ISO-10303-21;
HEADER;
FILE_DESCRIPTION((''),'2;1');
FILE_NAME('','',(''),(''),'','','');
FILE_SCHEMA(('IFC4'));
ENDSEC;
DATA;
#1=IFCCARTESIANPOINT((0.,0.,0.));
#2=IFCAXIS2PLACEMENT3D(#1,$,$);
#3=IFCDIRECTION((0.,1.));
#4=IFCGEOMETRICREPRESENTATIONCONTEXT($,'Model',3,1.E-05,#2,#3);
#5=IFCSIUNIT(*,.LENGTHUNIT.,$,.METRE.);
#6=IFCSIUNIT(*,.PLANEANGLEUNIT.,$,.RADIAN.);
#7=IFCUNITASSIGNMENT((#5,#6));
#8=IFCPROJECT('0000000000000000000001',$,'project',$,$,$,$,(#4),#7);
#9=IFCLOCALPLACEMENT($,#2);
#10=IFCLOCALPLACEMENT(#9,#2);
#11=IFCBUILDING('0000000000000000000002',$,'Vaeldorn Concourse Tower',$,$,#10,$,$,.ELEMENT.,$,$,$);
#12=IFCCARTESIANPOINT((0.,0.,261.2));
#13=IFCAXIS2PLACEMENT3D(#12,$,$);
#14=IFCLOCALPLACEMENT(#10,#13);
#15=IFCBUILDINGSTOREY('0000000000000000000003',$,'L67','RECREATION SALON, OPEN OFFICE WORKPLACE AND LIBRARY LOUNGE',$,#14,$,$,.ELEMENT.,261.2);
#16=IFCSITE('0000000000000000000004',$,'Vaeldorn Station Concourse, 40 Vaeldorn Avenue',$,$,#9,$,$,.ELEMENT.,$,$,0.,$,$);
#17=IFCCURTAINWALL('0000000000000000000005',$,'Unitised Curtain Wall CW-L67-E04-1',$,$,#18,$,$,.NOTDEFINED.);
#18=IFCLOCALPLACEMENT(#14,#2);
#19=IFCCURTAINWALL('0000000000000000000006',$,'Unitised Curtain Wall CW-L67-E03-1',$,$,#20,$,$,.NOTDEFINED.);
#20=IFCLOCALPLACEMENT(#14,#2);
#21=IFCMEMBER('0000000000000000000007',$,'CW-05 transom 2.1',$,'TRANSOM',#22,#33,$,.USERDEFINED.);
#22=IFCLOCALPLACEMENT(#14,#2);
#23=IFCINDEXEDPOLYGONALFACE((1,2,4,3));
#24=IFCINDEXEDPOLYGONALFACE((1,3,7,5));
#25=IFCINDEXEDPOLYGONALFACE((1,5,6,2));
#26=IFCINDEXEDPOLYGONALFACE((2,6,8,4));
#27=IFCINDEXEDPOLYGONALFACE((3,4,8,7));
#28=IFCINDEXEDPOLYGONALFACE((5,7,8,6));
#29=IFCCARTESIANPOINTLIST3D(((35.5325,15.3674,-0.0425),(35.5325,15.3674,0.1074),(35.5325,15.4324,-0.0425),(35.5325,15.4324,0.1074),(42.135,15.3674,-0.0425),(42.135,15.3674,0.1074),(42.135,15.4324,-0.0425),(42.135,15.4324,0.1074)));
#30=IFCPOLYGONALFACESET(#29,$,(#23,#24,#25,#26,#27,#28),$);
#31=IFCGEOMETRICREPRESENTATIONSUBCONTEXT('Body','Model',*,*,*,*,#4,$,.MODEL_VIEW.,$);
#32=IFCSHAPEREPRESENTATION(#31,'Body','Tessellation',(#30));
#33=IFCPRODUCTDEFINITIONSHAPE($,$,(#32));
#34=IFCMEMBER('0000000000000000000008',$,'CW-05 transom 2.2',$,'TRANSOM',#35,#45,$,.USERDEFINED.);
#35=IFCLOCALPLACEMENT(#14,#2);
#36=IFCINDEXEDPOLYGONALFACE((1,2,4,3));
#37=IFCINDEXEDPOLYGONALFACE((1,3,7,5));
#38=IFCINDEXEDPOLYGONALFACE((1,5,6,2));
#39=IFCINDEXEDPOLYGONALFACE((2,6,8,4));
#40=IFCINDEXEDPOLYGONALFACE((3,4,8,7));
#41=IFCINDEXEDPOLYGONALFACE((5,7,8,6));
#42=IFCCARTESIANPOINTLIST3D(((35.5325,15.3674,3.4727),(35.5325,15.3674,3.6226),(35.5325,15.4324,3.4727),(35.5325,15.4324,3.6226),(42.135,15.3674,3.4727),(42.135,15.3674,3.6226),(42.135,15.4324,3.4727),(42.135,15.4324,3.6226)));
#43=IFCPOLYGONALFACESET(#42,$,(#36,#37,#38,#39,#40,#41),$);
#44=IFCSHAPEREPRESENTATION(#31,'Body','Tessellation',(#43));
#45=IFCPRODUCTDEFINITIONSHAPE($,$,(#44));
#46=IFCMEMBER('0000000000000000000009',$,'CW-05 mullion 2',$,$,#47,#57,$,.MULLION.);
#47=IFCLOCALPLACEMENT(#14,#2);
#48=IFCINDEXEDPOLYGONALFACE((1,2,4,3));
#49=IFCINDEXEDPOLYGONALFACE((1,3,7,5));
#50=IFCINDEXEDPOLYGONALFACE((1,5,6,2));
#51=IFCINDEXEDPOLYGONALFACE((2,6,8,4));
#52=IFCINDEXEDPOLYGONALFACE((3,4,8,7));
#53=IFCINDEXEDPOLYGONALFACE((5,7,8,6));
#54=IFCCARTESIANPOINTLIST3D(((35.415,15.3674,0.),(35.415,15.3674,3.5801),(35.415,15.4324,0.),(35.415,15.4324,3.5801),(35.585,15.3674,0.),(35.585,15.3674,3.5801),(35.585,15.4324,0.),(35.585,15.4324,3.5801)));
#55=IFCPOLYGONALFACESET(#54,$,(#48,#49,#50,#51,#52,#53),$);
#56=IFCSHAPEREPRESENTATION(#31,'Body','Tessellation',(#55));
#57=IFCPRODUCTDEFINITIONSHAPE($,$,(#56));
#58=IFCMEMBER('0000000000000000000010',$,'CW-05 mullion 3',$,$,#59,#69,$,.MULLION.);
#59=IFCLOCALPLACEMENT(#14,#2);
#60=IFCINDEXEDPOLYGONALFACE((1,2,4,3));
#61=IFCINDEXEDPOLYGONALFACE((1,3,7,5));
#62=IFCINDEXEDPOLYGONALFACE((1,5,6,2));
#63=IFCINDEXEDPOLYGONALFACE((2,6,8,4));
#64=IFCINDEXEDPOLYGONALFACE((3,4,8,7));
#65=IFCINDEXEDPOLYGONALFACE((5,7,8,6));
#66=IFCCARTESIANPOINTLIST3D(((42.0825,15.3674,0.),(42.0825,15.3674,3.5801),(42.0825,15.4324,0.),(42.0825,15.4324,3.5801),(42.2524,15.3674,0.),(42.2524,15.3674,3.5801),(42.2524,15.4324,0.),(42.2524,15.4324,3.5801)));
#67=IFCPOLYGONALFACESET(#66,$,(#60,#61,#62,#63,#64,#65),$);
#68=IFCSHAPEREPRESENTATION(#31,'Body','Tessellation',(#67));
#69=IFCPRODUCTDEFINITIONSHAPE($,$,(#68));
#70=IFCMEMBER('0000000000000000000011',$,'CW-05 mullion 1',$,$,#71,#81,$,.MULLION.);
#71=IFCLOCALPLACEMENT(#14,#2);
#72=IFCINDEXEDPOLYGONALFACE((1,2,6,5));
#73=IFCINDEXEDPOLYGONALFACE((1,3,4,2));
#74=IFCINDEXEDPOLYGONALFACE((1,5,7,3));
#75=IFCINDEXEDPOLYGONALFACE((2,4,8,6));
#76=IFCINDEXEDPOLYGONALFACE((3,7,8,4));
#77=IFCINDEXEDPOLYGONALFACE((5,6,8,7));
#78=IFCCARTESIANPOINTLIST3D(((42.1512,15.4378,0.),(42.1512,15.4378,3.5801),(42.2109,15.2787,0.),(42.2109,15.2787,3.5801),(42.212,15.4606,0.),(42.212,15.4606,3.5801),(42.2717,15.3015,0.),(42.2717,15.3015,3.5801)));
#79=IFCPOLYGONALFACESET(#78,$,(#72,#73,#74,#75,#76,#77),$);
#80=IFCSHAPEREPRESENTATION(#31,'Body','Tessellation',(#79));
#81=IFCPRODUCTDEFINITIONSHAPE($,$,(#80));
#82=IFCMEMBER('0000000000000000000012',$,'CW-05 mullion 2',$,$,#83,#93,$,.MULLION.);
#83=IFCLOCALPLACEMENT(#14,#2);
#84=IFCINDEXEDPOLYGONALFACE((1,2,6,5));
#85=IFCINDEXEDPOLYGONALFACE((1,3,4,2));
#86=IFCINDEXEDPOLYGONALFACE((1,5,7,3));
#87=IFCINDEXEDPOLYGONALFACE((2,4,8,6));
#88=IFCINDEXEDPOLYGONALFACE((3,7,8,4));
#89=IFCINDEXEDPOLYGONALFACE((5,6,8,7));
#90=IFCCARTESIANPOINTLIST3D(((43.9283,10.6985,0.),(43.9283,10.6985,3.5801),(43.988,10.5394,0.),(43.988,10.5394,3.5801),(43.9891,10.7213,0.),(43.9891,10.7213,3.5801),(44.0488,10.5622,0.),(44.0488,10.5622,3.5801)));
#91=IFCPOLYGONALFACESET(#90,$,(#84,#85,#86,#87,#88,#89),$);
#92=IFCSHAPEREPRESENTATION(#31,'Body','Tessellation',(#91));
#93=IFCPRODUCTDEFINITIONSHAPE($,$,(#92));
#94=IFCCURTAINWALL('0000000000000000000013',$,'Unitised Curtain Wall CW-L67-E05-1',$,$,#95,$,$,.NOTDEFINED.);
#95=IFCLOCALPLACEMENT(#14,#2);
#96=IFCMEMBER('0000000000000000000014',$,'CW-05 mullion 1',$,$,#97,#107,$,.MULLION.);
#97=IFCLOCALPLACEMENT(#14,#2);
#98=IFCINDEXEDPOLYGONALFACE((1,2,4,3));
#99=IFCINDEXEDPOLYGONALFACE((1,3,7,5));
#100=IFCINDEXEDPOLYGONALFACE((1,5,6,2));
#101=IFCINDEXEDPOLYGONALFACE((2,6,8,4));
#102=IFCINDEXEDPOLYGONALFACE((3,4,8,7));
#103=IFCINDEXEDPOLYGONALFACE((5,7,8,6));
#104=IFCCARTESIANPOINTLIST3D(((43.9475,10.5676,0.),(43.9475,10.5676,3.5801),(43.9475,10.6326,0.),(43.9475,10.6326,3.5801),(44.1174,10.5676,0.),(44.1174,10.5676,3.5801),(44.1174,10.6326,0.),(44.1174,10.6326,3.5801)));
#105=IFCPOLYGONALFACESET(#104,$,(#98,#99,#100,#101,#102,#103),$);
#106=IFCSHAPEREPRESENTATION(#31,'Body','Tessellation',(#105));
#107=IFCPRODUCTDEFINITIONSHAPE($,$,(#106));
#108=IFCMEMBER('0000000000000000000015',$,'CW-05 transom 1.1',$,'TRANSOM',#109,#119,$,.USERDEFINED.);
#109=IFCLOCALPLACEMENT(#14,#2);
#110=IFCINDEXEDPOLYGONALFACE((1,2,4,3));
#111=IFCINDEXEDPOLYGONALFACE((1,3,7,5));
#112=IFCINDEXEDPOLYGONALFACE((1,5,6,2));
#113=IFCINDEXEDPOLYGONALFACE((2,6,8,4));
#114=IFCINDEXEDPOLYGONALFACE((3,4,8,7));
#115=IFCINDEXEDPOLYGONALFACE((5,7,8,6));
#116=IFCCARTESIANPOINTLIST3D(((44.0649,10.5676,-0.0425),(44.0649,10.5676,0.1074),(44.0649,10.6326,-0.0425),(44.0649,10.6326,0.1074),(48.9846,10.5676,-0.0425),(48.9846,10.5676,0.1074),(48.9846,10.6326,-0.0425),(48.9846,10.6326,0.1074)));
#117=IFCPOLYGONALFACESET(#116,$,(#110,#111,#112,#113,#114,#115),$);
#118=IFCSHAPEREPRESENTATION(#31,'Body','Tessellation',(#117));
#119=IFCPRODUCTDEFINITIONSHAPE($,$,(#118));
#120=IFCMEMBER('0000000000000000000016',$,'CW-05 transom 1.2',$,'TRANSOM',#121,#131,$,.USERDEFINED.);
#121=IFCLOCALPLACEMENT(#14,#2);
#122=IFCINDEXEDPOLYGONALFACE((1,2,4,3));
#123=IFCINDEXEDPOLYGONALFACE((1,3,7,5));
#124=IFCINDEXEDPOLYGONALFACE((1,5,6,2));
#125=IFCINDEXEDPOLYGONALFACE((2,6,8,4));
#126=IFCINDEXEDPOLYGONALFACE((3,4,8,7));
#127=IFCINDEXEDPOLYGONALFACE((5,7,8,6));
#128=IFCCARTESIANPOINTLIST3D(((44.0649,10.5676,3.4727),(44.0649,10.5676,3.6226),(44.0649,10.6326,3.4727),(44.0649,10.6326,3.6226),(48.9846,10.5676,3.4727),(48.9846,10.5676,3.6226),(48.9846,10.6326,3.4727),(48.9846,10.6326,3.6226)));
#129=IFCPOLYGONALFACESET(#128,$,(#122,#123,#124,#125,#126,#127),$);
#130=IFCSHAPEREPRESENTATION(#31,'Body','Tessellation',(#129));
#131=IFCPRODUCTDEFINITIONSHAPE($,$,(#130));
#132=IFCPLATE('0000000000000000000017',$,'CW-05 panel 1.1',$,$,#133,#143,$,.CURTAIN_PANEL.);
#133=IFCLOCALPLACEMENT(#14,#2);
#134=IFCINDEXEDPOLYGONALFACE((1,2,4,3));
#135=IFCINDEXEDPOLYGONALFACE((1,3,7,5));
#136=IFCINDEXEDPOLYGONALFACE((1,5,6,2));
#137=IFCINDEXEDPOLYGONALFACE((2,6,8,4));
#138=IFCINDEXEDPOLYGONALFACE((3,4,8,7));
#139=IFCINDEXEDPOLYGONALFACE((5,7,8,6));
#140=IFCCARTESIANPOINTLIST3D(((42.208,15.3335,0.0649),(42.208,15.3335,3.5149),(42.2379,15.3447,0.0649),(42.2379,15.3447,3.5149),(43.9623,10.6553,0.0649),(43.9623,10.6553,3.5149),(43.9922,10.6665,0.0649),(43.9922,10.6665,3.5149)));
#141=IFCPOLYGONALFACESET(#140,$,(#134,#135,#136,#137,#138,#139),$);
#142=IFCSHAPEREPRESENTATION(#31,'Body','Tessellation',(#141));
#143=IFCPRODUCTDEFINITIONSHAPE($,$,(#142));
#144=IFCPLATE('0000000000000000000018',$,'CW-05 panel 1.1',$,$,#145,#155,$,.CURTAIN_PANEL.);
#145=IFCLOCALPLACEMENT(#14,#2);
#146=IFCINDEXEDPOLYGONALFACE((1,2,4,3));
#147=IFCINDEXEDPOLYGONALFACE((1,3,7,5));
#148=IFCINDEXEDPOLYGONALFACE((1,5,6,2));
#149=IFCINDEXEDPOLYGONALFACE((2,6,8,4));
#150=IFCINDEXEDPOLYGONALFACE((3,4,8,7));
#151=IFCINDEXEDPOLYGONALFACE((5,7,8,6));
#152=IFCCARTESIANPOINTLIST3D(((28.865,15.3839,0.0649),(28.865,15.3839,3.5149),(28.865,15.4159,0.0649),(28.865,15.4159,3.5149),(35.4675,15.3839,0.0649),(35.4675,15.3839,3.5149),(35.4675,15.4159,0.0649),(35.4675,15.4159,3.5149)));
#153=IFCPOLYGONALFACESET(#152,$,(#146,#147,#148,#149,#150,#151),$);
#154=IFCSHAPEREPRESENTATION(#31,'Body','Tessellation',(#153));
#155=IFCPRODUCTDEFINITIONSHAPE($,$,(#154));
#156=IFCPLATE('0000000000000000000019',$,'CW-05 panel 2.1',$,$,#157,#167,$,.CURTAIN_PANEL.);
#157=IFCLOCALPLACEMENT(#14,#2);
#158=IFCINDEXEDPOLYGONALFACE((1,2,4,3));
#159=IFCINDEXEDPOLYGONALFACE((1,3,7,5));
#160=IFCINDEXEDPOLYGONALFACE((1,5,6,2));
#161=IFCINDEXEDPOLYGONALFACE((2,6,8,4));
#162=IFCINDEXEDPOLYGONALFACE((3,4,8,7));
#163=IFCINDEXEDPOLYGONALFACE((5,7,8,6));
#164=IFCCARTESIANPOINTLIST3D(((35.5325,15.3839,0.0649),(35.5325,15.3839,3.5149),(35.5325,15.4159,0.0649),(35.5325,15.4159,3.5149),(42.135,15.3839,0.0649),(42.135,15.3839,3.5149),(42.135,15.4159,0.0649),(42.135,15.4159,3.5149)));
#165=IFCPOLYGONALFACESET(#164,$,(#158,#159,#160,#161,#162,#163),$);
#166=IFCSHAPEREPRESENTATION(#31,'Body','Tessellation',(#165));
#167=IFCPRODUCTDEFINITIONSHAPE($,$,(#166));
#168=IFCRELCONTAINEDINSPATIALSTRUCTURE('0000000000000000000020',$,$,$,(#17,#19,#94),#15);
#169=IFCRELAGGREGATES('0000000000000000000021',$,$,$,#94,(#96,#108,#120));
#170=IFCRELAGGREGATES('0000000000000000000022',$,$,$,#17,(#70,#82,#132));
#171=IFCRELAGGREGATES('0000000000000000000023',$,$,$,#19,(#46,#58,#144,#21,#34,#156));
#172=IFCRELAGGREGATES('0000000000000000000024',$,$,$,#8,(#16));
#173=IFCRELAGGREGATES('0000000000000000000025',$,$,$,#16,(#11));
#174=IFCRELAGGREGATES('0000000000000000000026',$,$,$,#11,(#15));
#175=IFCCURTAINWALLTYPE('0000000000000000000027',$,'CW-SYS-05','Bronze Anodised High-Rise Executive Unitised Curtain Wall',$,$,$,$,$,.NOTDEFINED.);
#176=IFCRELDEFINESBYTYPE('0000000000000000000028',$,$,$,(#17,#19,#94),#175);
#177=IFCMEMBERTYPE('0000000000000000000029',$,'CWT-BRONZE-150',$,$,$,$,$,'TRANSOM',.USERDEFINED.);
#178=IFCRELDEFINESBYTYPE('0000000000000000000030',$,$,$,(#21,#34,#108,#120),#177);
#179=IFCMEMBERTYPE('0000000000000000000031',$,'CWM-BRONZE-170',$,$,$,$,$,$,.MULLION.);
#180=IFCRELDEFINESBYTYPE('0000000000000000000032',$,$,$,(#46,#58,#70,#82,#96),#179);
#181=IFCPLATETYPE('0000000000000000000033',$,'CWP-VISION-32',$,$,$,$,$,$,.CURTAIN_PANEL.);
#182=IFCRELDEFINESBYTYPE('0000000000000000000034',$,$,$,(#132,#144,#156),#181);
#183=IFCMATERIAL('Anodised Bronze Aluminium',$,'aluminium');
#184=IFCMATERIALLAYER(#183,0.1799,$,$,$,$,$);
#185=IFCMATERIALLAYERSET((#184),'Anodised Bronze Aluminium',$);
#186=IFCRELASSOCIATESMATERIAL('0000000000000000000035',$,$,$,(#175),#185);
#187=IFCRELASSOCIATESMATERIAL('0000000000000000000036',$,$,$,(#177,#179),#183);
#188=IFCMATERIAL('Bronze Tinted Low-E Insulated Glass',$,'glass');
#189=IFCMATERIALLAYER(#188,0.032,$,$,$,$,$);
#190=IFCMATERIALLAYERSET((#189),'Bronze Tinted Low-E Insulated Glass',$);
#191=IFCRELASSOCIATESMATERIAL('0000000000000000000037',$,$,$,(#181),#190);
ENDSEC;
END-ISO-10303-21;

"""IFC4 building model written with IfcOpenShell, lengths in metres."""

from ifc_helpers import new_model, si_unit, direction, frame, origin, origin_2d, place, context, subcontext, project, spatial, rectangle, extrude, source, transform, mapped, material, layer, layer_set, material_profile, profile_set, type_object, element, aggregate, save


model = new_model("IFC4")

# Units and contexts
model_context = context("Model", 3, precision=1e-05, world=origin(), true_north=direction((0.0, 1.0)))
body_context = subcontext(model_context, "Body", "Model", "MODEL_VIEW")
ifc_project = project(units=[si_unit("LENGTHUNIT", "METRE"), si_unit("PLANEANGLEUNIT", "RADIAN")], contexts=[model_context])

# Site, building, storey
site_placement = place(None, origin())
site = spatial("IfcSite", under=ifc_project, at=site_placement, Name="Vaeldorn Station Concourse, 40 Vaeldorn Avenue", CompositionType="ELEMENT", RefElevation=0.0)
building_placement = place(site_placement, origin())
building = spatial("IfcBuilding", under=site, at=building_placement, Name="Vaeldorn Concourse Tower", CompositionType="ELEMENT")
storey_placement = place(building_placement, frame((0.0, 0.0, 261.2)))
storey = spatial("IfcBuildingStorey", under=building, at=storey_placement, Name="L67", Description="RECREATION SALON, OPEN OFFICE WORKPLACE AND LIBRARY LOUNGE", CompositionType="ELEMENT", Elevation=261.2)

# Curtain walls, members
ifc_material_1 = material(Name="Anodised Bronze Aluminium", Category="aluminium")
ifc_layer_1 = layer(ifc_material_1, 0.1799)
ifc_layer_set_1 = layer_set([ifc_layer_1], Name="Anodised Bronze Aluminium")
curtain_wall_type = type_object("IfcCurtainWallType", Name="CW-SYS-05", Description="Bronze Anodised High-Rise Executive Unitised Curtain Wall", PredefinedType="NOTDEFINED", material=ifc_layer_set_1)
curtain_wall_1_placement = place(storey_placement, origin())
curtain_wall_1 = element("IfcCurtainWall", 1, at=curtain_wall_1_placement, inside=storey, type_object=curtain_wall_type, Name="Unitised Curtain Wall CW-L67-E04-1", PredefinedType="NOTDEFINED")
ifc_material_profile_1 = material_profile(ifc_material_1, rectangle(XDim=0.0649, YDim=0.1499, at=origin_2d()), Name="CWT 65x150")
ifc_profile_set_1 = profile_set([ifc_material_profile_1], Name="Anodised Bronze Aluminium")
member_type_1 = type_object("IfcMemberType", Name="CWT-BRONZE-150", ElementType="TRANSOM", PredefinedType="USERDEFINED", material=ifc_profile_set_1)
curtain_wall_2_placement = place(storey_placement, origin())
curtain_wall_2 = element("IfcCurtainWall", 2, at=curtain_wall_2_placement, inside=storey, type_object=curtain_wall_type, Name="Unitised Curtain Wall CW-L67-E03-1", PredefinedType="NOTDEFINED")
shared_shape_1 = source(origin(), body_context, "Body", "SweptSolid", [
    extrude(rectangle(XDim=0.0649, YDim=0.1499, at=origin_2d()), origin(), (0.0, 0.0, 1.0), 6.6025),
])
member_1_placement = place(storey_placement, frame((35.5325, 15.3999, 0.0325), z_axis=(1.0, 0.0, 0.0), x_axis=(0.0, 1.0, 0.0)))
member_1 = element("IfcMember", 3, at=member_1_placement, type_object=member_type_1, Name="CW-05 transom 2.1", ObjectType="TRANSOM", PredefinedType="USERDEFINED", context=body_context, shape_type="MappedRepresentation", body=[
    mapped(shared_shape_1, transform((0.0, 0.0, 0.0), scale=1.0)),
])
member_2_placement = place(storey_placement, frame((35.5325, 15.3999, 3.5476), z_axis=(1.0, 0.0, 0.0), x_axis=(0.0, 1.0, 0.0)))
member_2 = element("IfcMember", 4, at=member_2_placement, type_object=member_type_1, Name="CW-05 transom 2.2", ObjectType="TRANSOM", PredefinedType="USERDEFINED", context=body_context, shape_type="MappedRepresentation", body=[
    mapped(shared_shape_1, transform((0.0, 0.0, 0.0), scale=1.0)),
])
ifc_material_profile_2 = material_profile(ifc_material_1, rectangle(XDim=0.0649, YDim=0.1699, at=origin_2d()), Name="CWM 65x170")
ifc_profile_set_2 = profile_set([ifc_material_profile_2], Name="Anodised Bronze Aluminium")
member_type_2 = type_object("IfcMemberType", Name="CWM-BRONZE-170", PredefinedType="MULLION", material=ifc_profile_set_2)
shared_shape_2 = source(origin(), body_context, "Body", "SweptSolid", [
    extrude(rectangle(XDim=0.0649, YDim=0.1699, at=origin_2d()), origin(), (0.0, 0.0, 1.0), 3.5801),
])
member_3_placement = place(storey_placement, frame((35.5, 15.3999, 0.0), z_axis=(0.0, 0.0, 1.0), x_axis=(0.0, 1.0, 0.0)))
member_3 = element("IfcMember", 5, at=member_3_placement, type_object=member_type_2, Name="CW-05 mullion 2", PredefinedType="MULLION", context=body_context, shape_type="MappedRepresentation", body=[
    mapped(shared_shape_2, transform((0.0, 0.0, 0.0), scale=1.0)),
])
member_4_placement = place(storey_placement, frame((42.1675, 15.3999, 0.0), z_axis=(0.0, 0.0, 1.0), x_axis=(0.0, 1.0, 0.0)))
member_4 = element("IfcMember", 6, at=member_4_placement, type_object=member_type_2, Name="CW-05 mullion 3", PredefinedType="MULLION", context=body_context, shape_type="MappedRepresentation", body=[
    mapped(shared_shape_2, transform((0.0, 0.0, 0.0), scale=1.0)),
])

# Members
member_5_placement = place(storey_placement, frame((42.2114, 15.3696, 0.0), z_axis=(0.0, 0.0, 1.0), x_axis=(0.936329, 0.351123, 0.0)))
member_5 = element("IfcMember", 7, at=member_5_placement, type_object=member_type_2, Name="CW-05 mullion 1", PredefinedType="MULLION", context=body_context, shape_type="MappedRepresentation", body=[
    mapped(shared_shape_2, transform((0.0, 0.0, 0.0), scale=1.0)),
])
member_6_placement = place(storey_placement, frame((43.9885, 10.6304, 0.0), z_axis=(0.0, 0.0, 1.0), x_axis=(0.936329, 0.351123, 0.0)))
member_6 = element("IfcMember", 8, at=member_6_placement, type_object=member_type_2, Name="CW-05 mullion 2", PredefinedType="MULLION", context=body_context, shape_type="MappedRepresentation", body=[
    mapped(shared_shape_2, transform((0.0, 0.0, 0.0), scale=1.0)),
])

# Curtain wall, members
curtain_wall_3_placement = place(storey_placement, origin())
curtain_wall_3 = element("IfcCurtainWall", 9, at=curtain_wall_3_placement, inside=storey, type_object=curtain_wall_type, Name="Unitised Curtain Wall CW-L67-E05-1", PredefinedType="NOTDEFINED")
member_7_placement = place(storey_placement, frame((44.0325, 10.6001, 0.0), z_axis=(0.0, 0.0, 1.0), x_axis=(0.0, 1.0, 0.0)))
member_7 = element("IfcMember", 10, at=member_7_placement, type_object=member_type_2, Name="CW-05 mullion 1", PredefinedType="MULLION", context=body_context, shape_type="MappedRepresentation", body=[
    mapped(shared_shape_2, transform((0.0, 0.0, 0.0), scale=1.0)),
])
shared_shape_3 = source(origin(), body_context, "Body", "SweptSolid", [
    extrude(rectangle(XDim=0.0649, YDim=0.1499, at=origin_2d()), origin(), (0.0, 0.0, 1.0), 4.9197),
])
member_8_placement = place(storey_placement, frame((44.0649, 10.6001, 0.0325), z_axis=(1.0, 0.0, 0.0), x_axis=(0.0, 1.0, 0.0)))
member_8 = element("IfcMember", 11, at=member_8_placement, type_object=member_type_1, Name="CW-05 transom 1.1", ObjectType="TRANSOM", PredefinedType="USERDEFINED", context=body_context, shape_type="MappedRepresentation", body=[
    mapped(shared_shape_3, transform((0.0, 0.0, 0.0), scale=1.0)),
])
member_9_placement = place(storey_placement, frame((44.0649, 10.6001, 3.5476), z_axis=(1.0, 0.0, 0.0), x_axis=(0.0, 1.0, 0.0)))
member_9 = element("IfcMember", 12, at=member_9_placement, type_object=member_type_1, Name="CW-05 transom 1.2", ObjectType="TRANSOM", PredefinedType="USERDEFINED", context=body_context, shape_type="MappedRepresentation", body=[
    mapped(shared_shape_3, transform((0.0, 0.0, 0.0), scale=1.0)),
])
aggregate(curtain_wall_3, [member_7, member_8, member_9])

# Plates
ifc_material_2 = material(Name="Bronze Tinted Low-E Insulated Glass", Category="glass")
ifc_layer_2 = layer(ifc_material_2, 0.032)
ifc_layer_set_2 = layer_set([ifc_layer_2], Name="Bronze Tinted Low-E Insulated Glass")
plate_type = type_object("IfcPlateType", Name="CWP-VISION-32", PredefinedType="CURTAIN_PANEL", material=ifc_layer_set_2)
shared_shape_4 = source(origin(), body_context, "Body", "SweptSolid", [
    extrude(rectangle(XDim=4.9963, YDim=0.032, at=origin_2d()), origin(), (0.0, 0.0, 1.0), 3.45),
])
plate_1_placement = place(storey_placement, frame((43.1001, 13.0, 0.0649), z_axis=(0.0, 0.0, 1.0), x_axis=(0.351123, -0.936329, 0.0)))
plate_1 = element("IfcPlate", 13, at=plate_1_placement, type_object=plate_type, Name="CW-05 panel 1.1", PredefinedType="CURTAIN_PANEL", context=body_context, shape_type="MappedRepresentation", body=[
    mapped(shared_shape_4, transform((0.0, 0.0, 0.0), scale=1.0)),
])
aggregate(curtain_wall_1, [member_5, member_6, plate_1])
shared_shape_5 = source(origin(), body_context, "Body", "SweptSolid", [
    extrude(rectangle(XDim=6.6025, YDim=0.032, at=origin_2d()), origin(), (0.0, 0.0, 1.0), 3.45),
])
plate_2_placement = place(storey_placement, frame((32.1663, 15.3999, 0.0649), z_axis=(0.0, 0.0, 1.0), x_axis=(1.0, 0.0, 0.0)))
plate_2 = element("IfcPlate", 14, at=plate_2_placement, type_object=plate_type, Name="CW-05 panel 1.1", PredefinedType="CURTAIN_PANEL", context=body_context, shape_type="MappedRepresentation", body=[
    mapped(shared_shape_5, transform((0.0, 0.0, 0.0), scale=1.0)),
])
plate_3_placement = place(storey_placement, frame((38.8337, 15.3999, 0.0649), z_axis=(0.0, 0.0, 1.0), x_axis=(1.0, 0.0, 0.0)))
plate_3 = element("IfcPlate", 15, at=plate_3_placement, type_object=plate_type, Name="CW-05 panel 2.1", PredefinedType="CURTAIN_PANEL", context=body_context, shape_type="MappedRepresentation", body=[
    mapped(shared_shape_5, transform((0.0, 0.0, 0.0), scale=1.0)),
])
aggregate(curtain_wall_2, [member_3, member_4, plate_2, member_1, member_2, plate_3])

save(model, "model.ifc")
